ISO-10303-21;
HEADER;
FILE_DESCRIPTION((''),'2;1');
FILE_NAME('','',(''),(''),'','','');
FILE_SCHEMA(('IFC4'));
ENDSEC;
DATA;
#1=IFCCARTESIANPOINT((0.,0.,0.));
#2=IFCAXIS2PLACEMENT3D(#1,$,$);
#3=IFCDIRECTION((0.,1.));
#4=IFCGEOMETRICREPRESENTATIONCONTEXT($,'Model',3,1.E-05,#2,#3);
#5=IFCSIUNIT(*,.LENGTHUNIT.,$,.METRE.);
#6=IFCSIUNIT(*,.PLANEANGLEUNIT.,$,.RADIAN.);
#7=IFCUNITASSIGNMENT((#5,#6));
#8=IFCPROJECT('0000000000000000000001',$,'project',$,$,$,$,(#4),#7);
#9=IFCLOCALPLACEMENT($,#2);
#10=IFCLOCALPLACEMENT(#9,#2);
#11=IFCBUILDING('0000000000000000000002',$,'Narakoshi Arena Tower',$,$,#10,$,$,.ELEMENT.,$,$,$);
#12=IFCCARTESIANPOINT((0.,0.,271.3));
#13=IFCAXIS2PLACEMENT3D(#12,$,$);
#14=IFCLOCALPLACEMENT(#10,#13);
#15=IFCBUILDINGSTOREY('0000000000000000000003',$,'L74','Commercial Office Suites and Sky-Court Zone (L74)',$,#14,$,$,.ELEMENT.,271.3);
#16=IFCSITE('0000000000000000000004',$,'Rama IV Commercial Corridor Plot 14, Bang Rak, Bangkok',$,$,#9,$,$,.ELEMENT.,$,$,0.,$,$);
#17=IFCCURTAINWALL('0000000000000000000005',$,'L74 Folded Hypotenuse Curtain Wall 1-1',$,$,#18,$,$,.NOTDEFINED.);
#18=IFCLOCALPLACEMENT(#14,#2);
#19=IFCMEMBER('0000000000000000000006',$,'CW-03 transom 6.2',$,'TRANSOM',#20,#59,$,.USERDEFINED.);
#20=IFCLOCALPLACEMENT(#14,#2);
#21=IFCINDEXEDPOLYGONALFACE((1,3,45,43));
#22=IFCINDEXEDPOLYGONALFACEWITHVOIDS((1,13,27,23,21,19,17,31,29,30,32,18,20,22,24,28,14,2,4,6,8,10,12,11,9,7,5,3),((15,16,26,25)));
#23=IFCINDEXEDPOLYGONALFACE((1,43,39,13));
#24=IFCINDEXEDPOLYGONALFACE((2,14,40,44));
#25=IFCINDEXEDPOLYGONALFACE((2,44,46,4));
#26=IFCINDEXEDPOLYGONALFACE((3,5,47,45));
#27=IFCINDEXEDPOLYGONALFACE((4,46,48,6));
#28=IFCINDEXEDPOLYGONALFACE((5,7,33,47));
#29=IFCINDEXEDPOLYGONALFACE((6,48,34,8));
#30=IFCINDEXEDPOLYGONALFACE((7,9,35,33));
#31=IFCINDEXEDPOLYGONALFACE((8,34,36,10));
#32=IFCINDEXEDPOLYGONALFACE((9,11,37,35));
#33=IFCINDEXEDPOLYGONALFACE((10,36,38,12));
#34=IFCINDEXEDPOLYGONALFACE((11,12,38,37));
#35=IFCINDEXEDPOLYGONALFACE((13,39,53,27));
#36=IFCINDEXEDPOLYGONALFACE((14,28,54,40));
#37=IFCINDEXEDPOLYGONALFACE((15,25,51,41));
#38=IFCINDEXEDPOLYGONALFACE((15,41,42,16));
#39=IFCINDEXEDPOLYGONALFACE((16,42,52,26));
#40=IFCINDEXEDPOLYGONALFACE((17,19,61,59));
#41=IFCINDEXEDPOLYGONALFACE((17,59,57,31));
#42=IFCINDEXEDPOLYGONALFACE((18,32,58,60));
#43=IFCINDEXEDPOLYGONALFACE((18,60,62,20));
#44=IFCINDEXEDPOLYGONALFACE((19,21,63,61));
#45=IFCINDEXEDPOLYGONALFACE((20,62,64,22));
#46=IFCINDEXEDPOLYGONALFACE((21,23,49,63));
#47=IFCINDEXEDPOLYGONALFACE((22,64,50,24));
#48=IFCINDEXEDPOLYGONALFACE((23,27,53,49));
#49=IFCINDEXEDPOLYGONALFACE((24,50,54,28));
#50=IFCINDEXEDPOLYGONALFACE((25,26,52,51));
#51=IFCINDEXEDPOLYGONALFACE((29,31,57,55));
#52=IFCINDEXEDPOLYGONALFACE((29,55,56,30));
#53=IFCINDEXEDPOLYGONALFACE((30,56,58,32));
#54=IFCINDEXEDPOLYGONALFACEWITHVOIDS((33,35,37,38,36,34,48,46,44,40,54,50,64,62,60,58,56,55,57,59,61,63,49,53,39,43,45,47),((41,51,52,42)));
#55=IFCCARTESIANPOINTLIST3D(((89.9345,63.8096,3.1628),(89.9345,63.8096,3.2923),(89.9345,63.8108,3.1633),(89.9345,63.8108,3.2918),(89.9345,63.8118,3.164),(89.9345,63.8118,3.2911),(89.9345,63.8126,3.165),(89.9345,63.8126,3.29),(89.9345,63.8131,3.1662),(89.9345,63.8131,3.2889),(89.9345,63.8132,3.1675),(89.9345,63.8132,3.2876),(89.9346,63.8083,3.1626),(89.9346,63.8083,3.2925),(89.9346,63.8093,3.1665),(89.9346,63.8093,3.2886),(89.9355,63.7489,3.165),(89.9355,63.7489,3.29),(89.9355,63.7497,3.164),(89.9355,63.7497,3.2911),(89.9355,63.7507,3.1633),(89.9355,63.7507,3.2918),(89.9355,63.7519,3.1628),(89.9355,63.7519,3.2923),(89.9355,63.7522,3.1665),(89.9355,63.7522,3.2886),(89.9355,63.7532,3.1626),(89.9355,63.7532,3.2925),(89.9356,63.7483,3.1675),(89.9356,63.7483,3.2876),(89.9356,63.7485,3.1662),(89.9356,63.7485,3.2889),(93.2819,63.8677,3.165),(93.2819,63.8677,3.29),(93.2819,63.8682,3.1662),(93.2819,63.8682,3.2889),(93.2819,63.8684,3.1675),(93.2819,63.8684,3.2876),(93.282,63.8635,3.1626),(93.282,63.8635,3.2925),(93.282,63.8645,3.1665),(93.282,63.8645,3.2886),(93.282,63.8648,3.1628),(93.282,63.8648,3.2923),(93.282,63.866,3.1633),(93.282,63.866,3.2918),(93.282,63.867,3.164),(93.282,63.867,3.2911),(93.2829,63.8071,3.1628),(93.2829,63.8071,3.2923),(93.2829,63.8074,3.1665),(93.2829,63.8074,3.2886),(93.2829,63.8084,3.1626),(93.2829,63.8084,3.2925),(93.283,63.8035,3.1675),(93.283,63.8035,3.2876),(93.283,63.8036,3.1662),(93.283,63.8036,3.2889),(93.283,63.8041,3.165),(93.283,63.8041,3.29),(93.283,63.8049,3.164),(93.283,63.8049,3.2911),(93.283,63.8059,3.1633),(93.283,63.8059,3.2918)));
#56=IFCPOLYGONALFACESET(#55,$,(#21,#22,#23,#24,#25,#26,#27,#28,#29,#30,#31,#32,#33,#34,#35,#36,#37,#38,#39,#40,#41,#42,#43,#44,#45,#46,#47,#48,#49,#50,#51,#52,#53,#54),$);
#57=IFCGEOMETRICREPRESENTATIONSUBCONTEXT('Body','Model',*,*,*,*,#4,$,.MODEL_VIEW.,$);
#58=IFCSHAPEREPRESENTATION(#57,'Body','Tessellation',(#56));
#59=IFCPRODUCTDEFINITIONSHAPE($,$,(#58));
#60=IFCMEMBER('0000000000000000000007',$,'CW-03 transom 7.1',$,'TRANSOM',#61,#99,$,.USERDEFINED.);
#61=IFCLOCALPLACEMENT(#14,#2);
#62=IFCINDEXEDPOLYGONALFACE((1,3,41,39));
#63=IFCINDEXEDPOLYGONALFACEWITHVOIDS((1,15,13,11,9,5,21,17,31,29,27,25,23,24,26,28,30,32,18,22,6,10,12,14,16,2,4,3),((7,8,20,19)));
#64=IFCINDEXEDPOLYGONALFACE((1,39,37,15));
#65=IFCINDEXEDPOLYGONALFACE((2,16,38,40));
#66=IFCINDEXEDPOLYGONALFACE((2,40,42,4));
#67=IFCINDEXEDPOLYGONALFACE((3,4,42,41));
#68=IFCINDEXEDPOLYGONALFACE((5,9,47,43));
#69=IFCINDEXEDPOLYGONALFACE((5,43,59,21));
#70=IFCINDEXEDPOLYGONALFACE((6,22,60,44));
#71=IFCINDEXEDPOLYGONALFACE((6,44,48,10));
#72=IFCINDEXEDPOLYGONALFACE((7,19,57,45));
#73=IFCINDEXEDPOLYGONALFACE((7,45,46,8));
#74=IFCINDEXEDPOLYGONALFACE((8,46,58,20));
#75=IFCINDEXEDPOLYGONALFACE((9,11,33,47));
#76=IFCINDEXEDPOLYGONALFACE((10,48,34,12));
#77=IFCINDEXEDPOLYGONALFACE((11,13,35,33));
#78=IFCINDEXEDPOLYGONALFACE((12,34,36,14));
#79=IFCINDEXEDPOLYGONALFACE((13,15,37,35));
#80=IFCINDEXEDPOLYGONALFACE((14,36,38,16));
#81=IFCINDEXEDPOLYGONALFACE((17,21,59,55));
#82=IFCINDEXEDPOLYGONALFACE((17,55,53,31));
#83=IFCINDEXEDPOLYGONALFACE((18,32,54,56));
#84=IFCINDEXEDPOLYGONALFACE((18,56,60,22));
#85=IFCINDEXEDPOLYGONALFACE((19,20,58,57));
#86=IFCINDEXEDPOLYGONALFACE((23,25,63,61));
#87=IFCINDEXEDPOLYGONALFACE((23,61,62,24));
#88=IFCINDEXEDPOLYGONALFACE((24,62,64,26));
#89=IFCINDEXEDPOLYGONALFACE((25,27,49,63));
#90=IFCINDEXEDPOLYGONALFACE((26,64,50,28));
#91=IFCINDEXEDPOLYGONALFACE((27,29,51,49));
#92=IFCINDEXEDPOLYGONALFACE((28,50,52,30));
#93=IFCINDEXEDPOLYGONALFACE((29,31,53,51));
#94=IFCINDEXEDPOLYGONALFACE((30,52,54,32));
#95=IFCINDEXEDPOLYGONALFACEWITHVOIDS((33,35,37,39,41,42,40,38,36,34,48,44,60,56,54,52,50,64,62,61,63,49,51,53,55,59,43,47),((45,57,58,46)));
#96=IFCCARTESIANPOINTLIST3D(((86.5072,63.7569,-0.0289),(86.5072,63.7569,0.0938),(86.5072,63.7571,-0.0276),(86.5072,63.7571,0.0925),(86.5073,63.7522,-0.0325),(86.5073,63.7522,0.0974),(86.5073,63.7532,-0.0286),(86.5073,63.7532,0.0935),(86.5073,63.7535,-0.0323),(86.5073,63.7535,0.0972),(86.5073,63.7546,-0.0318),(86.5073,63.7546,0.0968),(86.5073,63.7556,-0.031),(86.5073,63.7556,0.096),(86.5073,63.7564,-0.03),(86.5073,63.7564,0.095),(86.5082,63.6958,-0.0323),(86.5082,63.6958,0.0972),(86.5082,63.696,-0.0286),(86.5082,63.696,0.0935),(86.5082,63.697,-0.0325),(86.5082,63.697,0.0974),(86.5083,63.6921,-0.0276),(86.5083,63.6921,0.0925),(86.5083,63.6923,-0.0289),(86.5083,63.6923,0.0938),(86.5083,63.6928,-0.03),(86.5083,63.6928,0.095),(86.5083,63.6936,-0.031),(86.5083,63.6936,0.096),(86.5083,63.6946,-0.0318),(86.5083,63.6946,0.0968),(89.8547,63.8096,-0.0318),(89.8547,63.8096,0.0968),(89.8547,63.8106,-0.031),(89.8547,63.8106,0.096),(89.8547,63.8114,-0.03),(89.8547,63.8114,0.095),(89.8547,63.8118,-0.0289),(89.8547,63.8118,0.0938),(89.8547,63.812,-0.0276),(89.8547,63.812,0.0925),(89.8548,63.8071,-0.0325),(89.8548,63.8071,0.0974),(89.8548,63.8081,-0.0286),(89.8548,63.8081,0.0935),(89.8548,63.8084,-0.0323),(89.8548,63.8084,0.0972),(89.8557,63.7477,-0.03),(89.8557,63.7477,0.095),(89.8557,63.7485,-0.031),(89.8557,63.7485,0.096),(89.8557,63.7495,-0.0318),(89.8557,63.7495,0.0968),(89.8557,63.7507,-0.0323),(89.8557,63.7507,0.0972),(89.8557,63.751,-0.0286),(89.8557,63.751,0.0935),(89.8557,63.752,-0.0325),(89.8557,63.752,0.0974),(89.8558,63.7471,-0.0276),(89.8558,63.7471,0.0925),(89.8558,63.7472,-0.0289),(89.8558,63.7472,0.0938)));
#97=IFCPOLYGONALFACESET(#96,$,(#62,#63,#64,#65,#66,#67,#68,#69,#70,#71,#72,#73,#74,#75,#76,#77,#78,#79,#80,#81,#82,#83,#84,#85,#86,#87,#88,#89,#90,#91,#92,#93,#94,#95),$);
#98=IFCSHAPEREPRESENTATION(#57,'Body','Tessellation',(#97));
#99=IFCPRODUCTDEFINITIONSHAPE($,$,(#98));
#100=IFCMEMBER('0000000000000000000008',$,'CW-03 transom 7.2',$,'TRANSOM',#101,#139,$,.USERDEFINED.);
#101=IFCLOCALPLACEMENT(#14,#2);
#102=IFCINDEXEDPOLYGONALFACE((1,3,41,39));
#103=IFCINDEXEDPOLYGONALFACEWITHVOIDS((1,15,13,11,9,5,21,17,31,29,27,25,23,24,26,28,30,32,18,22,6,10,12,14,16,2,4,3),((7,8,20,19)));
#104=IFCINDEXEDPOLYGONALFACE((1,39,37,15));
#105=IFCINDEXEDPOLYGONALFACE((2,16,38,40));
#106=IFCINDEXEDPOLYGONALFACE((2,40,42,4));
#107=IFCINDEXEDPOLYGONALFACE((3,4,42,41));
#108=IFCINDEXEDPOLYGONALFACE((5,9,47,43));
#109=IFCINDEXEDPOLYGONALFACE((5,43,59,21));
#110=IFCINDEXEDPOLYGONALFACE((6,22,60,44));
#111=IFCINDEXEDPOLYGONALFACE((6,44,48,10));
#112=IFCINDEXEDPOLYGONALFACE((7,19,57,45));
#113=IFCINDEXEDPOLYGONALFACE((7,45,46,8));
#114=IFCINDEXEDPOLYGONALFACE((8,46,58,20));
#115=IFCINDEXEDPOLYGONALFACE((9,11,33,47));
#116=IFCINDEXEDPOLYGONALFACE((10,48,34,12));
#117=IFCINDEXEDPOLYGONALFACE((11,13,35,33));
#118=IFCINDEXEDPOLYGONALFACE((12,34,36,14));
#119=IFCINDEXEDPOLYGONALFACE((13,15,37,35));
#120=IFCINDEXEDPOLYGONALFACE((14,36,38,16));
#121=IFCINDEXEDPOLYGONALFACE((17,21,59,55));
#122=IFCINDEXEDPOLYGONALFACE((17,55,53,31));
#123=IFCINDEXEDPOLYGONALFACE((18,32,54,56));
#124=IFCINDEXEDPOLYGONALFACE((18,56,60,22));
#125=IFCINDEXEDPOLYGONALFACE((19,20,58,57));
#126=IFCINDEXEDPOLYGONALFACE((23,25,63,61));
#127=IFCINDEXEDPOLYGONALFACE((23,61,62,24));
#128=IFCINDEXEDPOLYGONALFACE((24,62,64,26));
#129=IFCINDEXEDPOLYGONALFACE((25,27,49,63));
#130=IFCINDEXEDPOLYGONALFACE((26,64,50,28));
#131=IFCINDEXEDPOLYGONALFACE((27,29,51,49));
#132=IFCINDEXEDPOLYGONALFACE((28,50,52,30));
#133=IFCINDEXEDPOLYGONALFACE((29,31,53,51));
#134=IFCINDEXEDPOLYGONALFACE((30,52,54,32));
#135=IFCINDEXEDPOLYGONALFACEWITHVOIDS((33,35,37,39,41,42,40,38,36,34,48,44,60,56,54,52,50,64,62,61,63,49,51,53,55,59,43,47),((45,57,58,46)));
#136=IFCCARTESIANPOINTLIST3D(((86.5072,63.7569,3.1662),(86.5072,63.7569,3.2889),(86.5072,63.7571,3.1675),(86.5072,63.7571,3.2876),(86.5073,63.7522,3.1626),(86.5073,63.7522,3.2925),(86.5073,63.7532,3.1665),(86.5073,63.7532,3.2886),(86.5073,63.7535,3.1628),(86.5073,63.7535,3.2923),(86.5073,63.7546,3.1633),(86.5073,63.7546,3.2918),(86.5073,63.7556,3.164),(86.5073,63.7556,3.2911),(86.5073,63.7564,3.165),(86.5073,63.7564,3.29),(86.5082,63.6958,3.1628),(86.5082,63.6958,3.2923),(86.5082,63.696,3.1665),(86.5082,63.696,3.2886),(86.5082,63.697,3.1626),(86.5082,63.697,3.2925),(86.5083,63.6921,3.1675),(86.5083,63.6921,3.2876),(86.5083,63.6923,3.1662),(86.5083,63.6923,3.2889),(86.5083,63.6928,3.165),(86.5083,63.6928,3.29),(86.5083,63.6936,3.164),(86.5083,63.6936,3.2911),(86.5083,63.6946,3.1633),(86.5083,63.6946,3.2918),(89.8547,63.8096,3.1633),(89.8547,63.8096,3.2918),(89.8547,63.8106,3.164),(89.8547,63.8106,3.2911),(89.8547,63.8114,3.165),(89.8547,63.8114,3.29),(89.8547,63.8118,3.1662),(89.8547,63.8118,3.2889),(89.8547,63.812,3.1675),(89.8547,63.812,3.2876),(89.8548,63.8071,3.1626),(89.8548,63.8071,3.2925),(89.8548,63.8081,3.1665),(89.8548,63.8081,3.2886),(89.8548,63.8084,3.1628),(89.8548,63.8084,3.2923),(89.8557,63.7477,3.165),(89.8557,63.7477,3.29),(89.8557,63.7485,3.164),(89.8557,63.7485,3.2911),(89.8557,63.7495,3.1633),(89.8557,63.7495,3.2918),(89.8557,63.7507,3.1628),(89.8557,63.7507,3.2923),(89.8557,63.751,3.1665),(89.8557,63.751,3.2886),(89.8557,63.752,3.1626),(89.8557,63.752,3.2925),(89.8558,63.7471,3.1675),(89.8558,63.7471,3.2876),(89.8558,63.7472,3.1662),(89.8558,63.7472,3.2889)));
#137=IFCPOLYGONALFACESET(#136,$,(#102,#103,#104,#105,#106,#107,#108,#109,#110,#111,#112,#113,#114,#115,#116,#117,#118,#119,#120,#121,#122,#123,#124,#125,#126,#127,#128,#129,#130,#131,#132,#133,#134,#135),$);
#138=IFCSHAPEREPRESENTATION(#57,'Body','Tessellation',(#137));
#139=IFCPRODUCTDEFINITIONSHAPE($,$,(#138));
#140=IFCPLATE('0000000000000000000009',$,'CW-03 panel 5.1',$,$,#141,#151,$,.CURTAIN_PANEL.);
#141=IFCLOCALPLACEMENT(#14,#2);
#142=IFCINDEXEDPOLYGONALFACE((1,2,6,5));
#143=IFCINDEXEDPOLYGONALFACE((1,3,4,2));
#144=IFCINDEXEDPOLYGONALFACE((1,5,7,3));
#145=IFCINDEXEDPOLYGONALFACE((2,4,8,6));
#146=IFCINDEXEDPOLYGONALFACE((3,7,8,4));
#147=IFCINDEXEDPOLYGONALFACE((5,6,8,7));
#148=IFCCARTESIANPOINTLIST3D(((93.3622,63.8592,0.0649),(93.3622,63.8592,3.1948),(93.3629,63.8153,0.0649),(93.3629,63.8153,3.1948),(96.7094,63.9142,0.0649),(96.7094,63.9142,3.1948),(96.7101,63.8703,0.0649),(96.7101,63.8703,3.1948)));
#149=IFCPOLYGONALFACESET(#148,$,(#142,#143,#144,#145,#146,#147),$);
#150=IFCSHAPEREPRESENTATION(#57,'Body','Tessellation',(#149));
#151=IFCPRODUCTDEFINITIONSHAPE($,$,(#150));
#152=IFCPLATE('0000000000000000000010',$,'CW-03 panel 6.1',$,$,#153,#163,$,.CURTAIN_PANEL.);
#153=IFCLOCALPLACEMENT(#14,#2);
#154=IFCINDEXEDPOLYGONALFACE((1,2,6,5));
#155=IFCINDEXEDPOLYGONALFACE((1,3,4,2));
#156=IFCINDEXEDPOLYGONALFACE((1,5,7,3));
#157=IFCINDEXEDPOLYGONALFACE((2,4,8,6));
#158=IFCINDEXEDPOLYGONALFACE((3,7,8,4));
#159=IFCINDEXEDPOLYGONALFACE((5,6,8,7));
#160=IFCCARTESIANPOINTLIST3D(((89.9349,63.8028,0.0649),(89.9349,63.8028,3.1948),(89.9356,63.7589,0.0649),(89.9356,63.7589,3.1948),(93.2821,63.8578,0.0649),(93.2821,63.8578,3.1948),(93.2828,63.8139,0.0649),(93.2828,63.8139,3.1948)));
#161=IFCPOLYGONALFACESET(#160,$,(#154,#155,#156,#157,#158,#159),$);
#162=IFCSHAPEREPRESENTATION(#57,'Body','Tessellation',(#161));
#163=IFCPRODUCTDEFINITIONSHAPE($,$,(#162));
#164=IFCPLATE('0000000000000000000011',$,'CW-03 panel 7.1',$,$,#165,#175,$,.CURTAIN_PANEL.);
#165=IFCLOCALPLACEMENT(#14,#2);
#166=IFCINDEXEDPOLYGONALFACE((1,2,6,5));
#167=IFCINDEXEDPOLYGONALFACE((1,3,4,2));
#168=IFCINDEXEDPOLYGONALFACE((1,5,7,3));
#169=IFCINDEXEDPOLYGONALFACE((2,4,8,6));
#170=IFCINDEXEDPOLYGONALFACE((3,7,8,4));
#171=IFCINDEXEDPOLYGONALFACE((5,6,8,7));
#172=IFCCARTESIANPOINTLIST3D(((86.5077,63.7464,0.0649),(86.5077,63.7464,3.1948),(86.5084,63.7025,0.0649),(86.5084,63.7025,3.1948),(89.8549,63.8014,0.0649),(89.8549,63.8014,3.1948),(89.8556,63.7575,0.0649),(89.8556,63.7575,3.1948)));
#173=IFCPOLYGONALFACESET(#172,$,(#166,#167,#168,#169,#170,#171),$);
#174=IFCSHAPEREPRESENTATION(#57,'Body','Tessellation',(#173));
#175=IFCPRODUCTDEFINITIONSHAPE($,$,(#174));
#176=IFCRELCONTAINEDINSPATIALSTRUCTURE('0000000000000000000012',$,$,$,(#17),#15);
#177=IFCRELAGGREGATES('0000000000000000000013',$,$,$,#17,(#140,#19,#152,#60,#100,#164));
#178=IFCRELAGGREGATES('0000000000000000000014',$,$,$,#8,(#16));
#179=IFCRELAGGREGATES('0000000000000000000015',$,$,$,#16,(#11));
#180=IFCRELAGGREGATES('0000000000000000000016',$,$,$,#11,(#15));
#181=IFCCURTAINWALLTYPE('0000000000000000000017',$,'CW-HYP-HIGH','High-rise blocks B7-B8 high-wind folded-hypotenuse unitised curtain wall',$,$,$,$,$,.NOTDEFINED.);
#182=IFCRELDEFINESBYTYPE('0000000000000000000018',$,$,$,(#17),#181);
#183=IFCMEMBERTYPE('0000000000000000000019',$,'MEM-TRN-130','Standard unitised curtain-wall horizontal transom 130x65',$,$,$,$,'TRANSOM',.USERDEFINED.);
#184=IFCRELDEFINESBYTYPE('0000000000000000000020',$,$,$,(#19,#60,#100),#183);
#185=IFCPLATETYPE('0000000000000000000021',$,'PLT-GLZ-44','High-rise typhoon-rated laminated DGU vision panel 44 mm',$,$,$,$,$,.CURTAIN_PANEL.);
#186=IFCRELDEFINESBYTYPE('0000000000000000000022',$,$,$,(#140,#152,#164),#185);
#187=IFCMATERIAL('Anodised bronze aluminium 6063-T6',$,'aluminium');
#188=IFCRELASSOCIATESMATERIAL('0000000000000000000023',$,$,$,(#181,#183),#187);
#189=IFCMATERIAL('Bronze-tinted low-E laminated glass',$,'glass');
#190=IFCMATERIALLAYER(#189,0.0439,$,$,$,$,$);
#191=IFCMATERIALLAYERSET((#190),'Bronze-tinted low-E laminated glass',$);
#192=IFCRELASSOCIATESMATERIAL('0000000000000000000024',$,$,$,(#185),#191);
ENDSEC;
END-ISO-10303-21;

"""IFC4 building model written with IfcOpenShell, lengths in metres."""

from ifc_helpers import new_model, si_unit, direction, frame, origin, origin_2d, place, context, subcontext, project, spatial, rectangle, hollow_rectangle, extrude, material, layer, layer_set, material_profile, profile_set, type_object, element, aggregate, save


model = new_model("IFC4")

# Units and contexts
model_context = context("Model", 3, precision=1e-05, world=origin(), true_north=direction((0.0, 1.0)))
body_context = subcontext(model_context, "Body", "Model", "MODEL_VIEW")
ifc_project = project(units=[si_unit("LENGTHUNIT", "METRE"), si_unit("PLANEANGLEUNIT", "RADIAN")], contexts=[model_context])

# Site, building, storey
site_placement = place(None, origin())
site = spatial("IfcSite", under=ifc_project, at=site_placement, Name="Rama IV Commercial Corridor Plot 14, Bang Rak, Bangkok", CompositionType="ELEMENT", RefElevation=0.0)
building_placement = place(site_placement, origin())
building = spatial("IfcBuilding", under=site, at=building_placement, Name="Narakoshi Arena Tower", CompositionType="ELEMENT")
storey_placement = place(building_placement, frame((0.0, 0.0, 271.3)))
storey = spatial("IfcBuildingStorey", under=building, at=storey_placement, Name="L74", Description="Commercial Office Suites and Sky-Court Zone (L74)", CompositionType="ELEMENT", Elevation=271.3)

# Curtain wall, members, plates
ifc_material_1 = material(Name="Anodised bronze aluminium 6063-T6", Category="aluminium")
curtain_wall_type = type_object("IfcCurtainWallType", Name="CW-HYP-HIGH", Description="High-rise blocks B7-B8 high-wind folded-hypotenuse unitised curtain wall", PredefinedType="NOTDEFINED", material=ifc_material_1)
curtain_wall_placement = place(storey_placement, origin())
curtain_wall = element("IfcCurtainWall", 1, at=curtain_wall_placement, inside=storey, type_object=curtain_wall_type, Name="L74 Folded Hypotenuse Curtain Wall 1-1", PredefinedType="NOTDEFINED")
ifc_material_profile_1 = material_profile(ifc_material_1, hollow_rectangle(XDim=0.0649, YDim=0.1299, WallThickness=0.0039, OuterFilletRadius=0.0049, at=origin_2d()), Name="TRN130x65x4")
ifc_profile_set_1 = profile_set([ifc_material_profile_1], Name="Anodised bronze aluminium 6063-T6")
member_type_1 = type_object("IfcMemberType", Name="MEM-TRN-130", Description="Standard unitised curtain-wall horizontal transom 130x65", ElementType="TRANSOM", PredefinedType="USERDEFINED", material=ifc_profile_set_1)
member_1_placement = place(storey_placement, frame((93.2825, 63.8359, 3.2275), z_axis=(-0.999864, -0.016481, 0.0), x_axis=(0.016481, -0.999864, 0.0)))
member_1 = element("IfcMember", 2, at=member_1_placement, type_object=member_type_1, Name="CW-03 transom 6.2", ObjectType="TRANSOM", PredefinedType="USERDEFINED", context=body_context, shape_type="SweptSolid", body=[
    extrude(hollow_rectangle(XDim=0.0649, YDim=0.1299, WallThickness=0.0039, OuterFilletRadius=0.0049, at=origin_2d()), origin(), (0.0, 0.0, 1.0), 3.3479),
])
member_2_placement = place(storey_placement, frame((89.8552, 63.7795, 0.0325), z_axis=(-0.999865, -0.016408, 0.0), x_axis=(0.016408, -0.999865, 0.0)))
member_2 = element("IfcMember", 3, at=member_2_placement, type_object=member_type_1, Name="CW-03 transom 7.1", ObjectType="TRANSOM", PredefinedType="USERDEFINED", context=body_context, shape_type="SweptSolid", body=[
    extrude(hollow_rectangle(XDim=0.0649, YDim=0.1299, WallThickness=0.0039, OuterFilletRadius=0.0049, at=origin_2d()), origin(), (0.0, 0.0, 1.0), 3.3479),
])
member_3_placement = place(storey_placement, frame((89.8552, 63.7795, 3.2275), z_axis=(-0.999865, -0.016408, 0.0), x_axis=(0.016408, -0.999865, 0.0)))
member_3 = element("IfcMember", 4, at=member_3_placement, type_object=member_type_1, Name="CW-03 transom 7.2", ObjectType="TRANSOM", PredefinedType="USERDEFINED", context=body_context, shape_type="SweptSolid", body=[
    extrude(hollow_rectangle(XDim=0.0649, YDim=0.1299, WallThickness=0.0039, OuterFilletRadius=0.0049, at=origin_2d()), origin(), (0.0, 0.0, 1.0), 3.3479),
])
ifc_material_2 = material(Name="Bronze-tinted low-E laminated glass", Category="glass")
ifc_layer_1 = layer(ifc_material_2, 0.0439)
ifc_layer_set_1 = layer_set([ifc_layer_1], Name="Bronze-tinted low-E laminated glass")
plate_type = type_object("IfcPlateType", Name="PLT-GLZ-44", Description="High-rise typhoon-rated laminated DGU vision panel 44 mm", PredefinedType="CURTAIN_PANEL", material=ifc_layer_set_1)
plate_1_placement = place(storey_placement, frame((95.0361, 63.8647, 0.0649), z_axis=(0.0, 0.0, 1.0), x_axis=(-0.999865, -0.016443, 0.0)))
plate_1 = element("IfcPlate", 5, at=plate_1_placement, type_object=plate_type, Name="CW-03 panel 5.1", PredefinedType="CURTAIN_PANEL", context=body_context, shape_type="SweptSolid", body=[
    extrude(rectangle(XDim=3.3477, YDim=0.0439, at=origin_2d()), origin(), (0.0, 0.0, 1.0), 3.1299),
])
plate_2_placement = place(storey_placement, frame((91.6089, 63.8083, 0.0649), z_axis=(0.0, 0.0, 1.0), x_axis=(-0.999865, -0.016443, 0.0)))
plate_2 = element("IfcPlate", 6, at=plate_2_placement, type_object=plate_type, Name="CW-03 panel 6.1", PredefinedType="CURTAIN_PANEL", context=body_context, shape_type="SweptSolid", body=[
    extrude(rectangle(XDim=3.3477, YDim=0.0439, at=origin_2d()), origin(), (0.0, 0.0, 1.0), 3.1299),
])
plate_3_placement = place(storey_placement, frame((88.1816, 63.752, 0.0649), z_axis=(0.0, 0.0, 1.0), x_axis=(-0.999865, -0.016443, 0.0)))
plate_3 = element("IfcPlate", 7, at=plate_3_placement, type_object=plate_type, Name="CW-03 panel 7.1", PredefinedType="CURTAIN_PANEL", context=body_context, shape_type="SweptSolid", body=[
    extrude(rectangle(XDim=3.3477, YDim=0.0439, at=origin_2d()), origin(), (0.0, 0.0, 1.0), 3.1299),
])
aggregate(curtain_wall, [plate_1, member_1, plate_2, member_2, member_3, plate_3])

save(model, "model.ifc")
